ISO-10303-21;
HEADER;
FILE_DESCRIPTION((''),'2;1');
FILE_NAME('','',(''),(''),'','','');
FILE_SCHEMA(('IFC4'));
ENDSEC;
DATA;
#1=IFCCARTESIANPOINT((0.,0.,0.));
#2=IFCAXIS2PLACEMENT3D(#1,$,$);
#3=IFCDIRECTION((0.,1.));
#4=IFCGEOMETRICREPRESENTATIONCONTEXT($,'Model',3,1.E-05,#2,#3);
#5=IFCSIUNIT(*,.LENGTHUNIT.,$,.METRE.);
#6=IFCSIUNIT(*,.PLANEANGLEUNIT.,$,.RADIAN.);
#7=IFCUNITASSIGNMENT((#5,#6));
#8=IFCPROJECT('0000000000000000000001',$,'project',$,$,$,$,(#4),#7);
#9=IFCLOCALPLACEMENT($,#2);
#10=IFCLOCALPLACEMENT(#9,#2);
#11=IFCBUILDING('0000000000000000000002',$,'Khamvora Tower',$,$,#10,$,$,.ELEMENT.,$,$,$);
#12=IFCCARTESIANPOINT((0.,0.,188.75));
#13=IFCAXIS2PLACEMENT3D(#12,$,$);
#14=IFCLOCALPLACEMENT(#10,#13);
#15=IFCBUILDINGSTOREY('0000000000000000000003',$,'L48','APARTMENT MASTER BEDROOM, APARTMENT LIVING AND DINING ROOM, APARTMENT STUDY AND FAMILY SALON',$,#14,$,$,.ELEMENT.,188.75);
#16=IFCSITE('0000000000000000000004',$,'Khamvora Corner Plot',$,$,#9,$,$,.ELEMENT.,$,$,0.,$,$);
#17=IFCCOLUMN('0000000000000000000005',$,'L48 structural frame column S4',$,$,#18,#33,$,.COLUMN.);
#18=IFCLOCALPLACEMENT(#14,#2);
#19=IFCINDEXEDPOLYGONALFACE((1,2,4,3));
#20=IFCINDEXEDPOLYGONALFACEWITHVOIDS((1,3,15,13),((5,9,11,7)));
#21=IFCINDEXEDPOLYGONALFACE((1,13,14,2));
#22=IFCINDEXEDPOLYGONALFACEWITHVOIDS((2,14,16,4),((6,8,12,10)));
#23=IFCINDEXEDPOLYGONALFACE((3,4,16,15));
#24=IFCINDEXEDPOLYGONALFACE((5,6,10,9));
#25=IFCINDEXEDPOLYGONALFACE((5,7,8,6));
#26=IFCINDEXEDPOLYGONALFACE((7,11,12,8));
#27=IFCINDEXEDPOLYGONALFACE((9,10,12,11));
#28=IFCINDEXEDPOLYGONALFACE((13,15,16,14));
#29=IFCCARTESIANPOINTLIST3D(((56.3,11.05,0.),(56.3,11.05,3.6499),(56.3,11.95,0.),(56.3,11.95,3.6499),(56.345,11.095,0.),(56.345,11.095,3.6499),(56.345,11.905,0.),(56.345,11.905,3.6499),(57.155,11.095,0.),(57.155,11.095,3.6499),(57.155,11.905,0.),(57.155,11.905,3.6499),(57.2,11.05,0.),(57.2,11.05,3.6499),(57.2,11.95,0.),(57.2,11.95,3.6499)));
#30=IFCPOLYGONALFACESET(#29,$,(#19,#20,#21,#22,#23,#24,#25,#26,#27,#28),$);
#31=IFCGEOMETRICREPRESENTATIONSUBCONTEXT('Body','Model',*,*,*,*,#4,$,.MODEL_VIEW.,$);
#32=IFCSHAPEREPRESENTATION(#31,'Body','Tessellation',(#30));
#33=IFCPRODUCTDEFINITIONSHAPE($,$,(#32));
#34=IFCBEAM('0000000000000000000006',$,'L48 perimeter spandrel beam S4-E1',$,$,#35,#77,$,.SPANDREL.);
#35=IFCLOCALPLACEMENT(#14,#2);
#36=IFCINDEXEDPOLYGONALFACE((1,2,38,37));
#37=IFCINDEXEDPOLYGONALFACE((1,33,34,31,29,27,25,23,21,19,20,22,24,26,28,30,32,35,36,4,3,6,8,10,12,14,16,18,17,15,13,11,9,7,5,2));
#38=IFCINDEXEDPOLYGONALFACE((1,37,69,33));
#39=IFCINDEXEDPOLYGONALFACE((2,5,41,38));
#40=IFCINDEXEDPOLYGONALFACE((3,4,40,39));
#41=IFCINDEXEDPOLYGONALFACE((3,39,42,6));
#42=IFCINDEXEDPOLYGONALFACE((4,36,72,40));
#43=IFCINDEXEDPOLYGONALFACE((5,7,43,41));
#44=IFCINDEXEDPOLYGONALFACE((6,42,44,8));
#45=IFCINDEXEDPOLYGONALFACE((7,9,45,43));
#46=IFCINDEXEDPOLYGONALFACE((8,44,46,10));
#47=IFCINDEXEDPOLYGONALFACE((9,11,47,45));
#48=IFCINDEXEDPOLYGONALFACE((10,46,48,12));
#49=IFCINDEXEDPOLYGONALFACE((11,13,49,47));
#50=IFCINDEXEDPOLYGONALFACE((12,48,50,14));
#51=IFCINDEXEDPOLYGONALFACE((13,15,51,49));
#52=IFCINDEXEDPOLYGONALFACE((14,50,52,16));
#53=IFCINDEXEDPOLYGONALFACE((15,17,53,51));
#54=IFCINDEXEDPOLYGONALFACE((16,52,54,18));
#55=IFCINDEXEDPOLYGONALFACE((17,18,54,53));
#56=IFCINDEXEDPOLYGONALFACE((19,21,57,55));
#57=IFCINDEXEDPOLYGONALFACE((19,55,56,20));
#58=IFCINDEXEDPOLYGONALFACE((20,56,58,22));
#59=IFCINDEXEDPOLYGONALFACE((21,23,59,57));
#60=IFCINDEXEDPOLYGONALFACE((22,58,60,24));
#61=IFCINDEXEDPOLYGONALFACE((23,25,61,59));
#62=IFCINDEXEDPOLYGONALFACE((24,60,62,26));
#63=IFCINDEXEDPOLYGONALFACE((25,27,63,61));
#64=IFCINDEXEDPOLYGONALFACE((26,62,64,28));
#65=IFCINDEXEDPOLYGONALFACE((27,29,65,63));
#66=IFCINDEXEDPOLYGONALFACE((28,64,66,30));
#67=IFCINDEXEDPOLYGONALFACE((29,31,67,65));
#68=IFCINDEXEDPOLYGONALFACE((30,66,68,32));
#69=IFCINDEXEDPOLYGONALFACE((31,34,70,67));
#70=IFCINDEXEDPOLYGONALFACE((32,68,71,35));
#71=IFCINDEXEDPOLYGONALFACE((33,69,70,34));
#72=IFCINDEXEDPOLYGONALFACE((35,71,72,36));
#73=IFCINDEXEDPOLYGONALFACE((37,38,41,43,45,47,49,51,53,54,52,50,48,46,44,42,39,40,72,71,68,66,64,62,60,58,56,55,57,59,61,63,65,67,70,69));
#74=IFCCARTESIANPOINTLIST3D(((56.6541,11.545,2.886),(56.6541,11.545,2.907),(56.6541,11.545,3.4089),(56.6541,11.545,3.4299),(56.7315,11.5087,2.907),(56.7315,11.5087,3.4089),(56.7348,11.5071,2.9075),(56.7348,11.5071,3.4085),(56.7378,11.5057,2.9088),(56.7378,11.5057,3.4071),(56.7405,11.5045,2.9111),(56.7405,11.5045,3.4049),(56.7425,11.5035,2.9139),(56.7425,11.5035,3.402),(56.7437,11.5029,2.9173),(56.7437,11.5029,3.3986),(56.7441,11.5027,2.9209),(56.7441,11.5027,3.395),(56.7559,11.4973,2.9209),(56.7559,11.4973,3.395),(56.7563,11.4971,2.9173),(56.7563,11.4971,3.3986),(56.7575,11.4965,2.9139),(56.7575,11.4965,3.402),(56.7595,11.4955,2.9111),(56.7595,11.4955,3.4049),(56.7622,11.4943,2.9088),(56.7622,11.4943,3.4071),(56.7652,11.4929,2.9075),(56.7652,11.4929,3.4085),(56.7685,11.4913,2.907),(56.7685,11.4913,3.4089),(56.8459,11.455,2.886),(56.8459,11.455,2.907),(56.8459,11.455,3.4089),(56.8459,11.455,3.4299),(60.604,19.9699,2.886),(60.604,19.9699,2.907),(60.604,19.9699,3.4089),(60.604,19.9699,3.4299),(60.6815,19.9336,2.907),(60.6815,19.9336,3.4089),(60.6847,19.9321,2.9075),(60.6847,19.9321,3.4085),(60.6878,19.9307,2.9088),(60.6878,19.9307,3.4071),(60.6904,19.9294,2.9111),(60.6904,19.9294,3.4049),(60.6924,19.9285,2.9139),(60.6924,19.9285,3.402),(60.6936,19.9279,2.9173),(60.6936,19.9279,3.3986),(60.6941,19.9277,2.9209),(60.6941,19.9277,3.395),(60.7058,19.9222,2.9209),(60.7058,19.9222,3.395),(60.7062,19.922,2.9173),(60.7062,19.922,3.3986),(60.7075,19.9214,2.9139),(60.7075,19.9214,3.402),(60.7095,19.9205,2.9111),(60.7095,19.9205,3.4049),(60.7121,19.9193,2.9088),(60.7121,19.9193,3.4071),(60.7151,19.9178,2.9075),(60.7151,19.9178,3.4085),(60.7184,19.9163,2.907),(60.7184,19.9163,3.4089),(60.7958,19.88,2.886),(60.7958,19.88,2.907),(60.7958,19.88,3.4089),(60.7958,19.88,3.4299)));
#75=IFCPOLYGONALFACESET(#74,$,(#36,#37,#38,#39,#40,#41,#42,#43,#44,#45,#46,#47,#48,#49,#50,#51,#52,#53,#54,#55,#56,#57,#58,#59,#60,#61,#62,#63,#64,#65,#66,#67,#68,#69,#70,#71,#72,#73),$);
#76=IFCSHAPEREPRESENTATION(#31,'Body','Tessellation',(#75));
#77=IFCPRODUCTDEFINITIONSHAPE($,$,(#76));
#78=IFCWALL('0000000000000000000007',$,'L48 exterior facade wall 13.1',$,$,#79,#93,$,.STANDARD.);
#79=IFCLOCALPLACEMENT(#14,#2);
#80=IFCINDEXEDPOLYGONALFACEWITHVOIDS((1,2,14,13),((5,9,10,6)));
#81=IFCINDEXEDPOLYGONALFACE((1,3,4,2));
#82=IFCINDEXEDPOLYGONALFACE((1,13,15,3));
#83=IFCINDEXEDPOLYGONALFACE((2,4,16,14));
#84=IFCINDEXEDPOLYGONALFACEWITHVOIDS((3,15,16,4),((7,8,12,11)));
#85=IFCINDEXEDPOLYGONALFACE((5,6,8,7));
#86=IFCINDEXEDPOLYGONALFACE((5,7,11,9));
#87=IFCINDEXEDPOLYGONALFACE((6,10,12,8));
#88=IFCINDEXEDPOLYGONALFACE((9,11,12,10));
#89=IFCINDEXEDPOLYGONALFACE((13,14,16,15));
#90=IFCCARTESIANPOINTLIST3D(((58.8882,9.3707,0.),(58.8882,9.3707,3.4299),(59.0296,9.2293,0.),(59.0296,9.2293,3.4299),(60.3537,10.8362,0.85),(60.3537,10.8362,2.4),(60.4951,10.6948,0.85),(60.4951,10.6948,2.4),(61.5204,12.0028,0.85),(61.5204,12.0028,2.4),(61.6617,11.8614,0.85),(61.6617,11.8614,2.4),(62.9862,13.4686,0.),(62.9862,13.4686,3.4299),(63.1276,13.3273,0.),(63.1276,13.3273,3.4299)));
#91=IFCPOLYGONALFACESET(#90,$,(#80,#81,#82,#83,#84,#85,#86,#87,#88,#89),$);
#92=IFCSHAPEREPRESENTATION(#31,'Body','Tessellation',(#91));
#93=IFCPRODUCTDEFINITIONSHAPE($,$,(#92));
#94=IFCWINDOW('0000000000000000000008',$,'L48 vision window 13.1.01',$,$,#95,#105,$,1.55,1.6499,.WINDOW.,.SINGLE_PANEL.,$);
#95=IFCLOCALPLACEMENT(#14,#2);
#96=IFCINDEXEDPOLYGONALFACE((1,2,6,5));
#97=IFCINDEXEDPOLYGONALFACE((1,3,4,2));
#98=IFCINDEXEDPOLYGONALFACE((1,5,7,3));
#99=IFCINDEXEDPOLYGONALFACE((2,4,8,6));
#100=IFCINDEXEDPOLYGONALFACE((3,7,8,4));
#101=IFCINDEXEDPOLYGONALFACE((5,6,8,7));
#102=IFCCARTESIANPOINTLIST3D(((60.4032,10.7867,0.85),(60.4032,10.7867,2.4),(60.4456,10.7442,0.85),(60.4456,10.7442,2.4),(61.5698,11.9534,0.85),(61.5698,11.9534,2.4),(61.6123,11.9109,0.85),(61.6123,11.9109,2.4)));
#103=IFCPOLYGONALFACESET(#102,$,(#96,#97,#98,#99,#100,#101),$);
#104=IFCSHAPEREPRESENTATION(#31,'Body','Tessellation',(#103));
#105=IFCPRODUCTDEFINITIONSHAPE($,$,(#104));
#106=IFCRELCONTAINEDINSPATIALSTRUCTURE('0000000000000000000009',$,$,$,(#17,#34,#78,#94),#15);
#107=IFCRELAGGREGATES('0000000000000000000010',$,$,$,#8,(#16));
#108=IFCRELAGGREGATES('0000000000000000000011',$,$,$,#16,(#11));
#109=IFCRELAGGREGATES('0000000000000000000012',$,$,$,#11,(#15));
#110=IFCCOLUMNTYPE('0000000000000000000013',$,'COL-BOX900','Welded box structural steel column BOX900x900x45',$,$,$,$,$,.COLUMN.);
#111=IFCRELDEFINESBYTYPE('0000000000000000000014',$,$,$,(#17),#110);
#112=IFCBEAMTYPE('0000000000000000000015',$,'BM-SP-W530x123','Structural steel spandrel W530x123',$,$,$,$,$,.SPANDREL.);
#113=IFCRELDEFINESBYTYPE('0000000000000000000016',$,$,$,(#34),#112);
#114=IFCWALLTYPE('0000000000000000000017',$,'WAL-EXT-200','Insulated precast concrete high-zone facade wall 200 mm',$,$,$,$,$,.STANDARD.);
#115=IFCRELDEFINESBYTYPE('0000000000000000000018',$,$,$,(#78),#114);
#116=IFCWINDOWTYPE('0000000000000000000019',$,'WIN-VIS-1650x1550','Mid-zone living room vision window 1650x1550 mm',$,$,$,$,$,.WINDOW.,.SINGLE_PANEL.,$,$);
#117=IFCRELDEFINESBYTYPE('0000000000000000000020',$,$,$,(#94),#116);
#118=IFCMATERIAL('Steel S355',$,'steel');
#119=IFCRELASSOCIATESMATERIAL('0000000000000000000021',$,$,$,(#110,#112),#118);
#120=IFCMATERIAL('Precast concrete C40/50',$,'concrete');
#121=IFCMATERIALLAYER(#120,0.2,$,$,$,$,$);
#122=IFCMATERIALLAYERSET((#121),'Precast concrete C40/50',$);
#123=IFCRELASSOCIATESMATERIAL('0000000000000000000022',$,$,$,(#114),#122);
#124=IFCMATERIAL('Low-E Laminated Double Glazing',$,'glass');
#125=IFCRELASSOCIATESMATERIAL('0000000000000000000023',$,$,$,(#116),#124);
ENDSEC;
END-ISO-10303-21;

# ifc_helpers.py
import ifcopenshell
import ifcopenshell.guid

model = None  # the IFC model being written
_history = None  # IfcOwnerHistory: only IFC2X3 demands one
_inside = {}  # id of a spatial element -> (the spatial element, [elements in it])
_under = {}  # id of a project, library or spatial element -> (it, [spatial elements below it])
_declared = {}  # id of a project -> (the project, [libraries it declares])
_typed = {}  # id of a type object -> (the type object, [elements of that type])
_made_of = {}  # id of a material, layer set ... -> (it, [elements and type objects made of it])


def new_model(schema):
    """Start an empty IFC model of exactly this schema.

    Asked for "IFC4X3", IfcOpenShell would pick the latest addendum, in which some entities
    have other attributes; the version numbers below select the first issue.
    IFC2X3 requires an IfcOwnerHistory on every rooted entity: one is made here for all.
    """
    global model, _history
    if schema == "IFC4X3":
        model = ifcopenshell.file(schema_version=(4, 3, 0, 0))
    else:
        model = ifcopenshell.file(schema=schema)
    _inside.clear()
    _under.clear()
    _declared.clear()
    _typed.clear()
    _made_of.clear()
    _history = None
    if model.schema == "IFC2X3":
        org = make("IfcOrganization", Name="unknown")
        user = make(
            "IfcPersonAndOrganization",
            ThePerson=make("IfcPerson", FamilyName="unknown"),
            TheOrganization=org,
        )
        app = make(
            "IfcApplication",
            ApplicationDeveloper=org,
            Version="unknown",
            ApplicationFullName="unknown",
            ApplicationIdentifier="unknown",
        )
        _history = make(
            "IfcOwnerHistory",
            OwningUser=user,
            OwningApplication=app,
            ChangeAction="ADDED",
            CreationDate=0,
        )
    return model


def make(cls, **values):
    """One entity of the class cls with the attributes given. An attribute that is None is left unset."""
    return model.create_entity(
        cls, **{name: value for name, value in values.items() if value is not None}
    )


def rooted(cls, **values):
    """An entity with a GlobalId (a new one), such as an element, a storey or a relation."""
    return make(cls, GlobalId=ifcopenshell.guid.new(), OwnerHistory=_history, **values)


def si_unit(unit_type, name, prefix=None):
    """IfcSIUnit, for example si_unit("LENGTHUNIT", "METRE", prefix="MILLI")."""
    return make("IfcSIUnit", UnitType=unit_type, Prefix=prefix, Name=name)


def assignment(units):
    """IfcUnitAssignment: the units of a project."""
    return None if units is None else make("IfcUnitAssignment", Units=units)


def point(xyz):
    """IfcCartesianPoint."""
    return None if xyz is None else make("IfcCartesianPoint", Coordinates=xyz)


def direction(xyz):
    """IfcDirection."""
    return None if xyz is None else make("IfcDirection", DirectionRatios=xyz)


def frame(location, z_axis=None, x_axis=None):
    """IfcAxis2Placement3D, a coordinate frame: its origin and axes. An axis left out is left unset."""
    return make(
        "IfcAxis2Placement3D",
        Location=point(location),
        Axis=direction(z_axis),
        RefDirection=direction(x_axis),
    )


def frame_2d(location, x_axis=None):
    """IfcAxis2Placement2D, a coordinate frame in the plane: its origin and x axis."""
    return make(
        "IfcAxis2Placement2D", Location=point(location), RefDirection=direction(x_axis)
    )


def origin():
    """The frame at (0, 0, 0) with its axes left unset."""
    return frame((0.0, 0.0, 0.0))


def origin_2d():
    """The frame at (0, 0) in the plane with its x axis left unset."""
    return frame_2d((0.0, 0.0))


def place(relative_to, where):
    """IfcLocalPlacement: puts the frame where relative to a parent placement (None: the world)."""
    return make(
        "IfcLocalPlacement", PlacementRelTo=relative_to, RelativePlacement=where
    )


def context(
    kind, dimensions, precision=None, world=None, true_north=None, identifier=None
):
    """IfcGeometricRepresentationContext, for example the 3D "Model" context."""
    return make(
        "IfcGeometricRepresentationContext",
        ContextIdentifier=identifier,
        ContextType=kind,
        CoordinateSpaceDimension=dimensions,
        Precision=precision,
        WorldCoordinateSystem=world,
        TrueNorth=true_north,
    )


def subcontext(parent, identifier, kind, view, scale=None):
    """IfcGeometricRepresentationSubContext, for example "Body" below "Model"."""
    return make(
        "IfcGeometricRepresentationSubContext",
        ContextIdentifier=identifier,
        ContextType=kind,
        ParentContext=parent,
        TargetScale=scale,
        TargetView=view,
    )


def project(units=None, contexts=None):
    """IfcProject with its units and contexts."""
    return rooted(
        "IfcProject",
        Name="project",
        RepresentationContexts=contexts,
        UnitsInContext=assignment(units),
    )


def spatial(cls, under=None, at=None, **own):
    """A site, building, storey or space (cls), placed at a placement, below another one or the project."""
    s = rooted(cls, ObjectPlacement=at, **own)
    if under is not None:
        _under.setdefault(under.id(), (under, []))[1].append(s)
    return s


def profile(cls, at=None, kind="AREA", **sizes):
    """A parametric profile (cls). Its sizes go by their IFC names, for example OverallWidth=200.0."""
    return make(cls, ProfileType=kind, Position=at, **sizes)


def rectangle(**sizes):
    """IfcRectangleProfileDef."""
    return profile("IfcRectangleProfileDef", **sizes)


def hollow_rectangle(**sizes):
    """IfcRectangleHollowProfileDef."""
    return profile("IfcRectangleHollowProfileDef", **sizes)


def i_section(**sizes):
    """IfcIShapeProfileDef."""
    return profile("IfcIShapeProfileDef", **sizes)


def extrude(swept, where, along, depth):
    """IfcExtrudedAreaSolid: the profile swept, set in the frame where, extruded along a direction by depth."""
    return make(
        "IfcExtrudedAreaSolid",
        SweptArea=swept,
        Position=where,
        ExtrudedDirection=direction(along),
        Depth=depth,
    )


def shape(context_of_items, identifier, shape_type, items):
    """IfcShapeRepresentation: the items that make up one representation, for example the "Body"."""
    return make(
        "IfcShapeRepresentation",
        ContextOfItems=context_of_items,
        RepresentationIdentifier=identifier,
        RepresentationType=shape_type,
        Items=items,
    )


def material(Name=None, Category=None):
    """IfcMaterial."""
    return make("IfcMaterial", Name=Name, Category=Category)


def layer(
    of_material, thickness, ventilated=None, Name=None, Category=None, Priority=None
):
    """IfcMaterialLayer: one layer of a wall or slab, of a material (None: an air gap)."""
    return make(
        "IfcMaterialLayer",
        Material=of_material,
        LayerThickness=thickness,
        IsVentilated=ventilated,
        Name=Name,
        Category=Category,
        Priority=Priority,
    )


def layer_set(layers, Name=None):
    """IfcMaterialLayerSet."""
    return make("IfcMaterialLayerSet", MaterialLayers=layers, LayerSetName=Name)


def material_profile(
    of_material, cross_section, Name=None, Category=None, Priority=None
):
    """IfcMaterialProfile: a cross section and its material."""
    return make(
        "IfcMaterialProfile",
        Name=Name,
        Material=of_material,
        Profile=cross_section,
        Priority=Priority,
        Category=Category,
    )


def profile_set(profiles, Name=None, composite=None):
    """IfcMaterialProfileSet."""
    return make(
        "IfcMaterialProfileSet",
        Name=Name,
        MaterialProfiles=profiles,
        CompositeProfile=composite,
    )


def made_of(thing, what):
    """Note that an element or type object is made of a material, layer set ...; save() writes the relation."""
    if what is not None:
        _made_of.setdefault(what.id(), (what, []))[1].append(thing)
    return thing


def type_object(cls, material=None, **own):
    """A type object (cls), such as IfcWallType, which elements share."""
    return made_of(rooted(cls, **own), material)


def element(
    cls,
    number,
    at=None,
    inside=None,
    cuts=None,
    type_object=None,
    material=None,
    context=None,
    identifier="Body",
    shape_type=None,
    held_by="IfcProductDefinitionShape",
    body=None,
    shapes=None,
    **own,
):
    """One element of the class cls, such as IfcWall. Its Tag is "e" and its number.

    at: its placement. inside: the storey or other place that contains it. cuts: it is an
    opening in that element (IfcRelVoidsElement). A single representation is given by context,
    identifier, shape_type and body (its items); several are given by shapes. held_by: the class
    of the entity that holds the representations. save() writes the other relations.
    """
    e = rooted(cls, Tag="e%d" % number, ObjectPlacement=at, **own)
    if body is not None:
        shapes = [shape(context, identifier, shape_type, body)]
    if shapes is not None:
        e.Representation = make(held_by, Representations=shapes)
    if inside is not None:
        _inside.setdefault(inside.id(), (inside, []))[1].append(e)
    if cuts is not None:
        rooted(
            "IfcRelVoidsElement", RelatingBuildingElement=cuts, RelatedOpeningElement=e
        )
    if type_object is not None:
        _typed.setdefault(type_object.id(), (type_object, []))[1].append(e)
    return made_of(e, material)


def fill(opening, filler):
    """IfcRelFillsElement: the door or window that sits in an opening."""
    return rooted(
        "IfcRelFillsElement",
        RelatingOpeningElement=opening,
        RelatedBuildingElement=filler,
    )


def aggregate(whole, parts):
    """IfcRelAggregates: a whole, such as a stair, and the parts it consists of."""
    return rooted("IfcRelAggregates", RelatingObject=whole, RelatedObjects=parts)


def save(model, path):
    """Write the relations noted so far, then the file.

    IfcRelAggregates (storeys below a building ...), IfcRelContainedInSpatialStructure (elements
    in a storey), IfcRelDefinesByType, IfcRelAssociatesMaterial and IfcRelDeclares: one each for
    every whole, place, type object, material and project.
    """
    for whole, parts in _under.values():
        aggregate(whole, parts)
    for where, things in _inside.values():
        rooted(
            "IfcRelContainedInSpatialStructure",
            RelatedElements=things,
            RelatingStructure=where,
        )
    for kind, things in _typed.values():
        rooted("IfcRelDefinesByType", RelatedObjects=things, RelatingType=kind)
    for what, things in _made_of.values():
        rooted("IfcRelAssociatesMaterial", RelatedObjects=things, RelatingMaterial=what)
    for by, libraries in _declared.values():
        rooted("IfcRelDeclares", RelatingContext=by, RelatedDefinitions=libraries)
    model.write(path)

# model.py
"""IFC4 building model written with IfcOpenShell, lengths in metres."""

from ifc_helpers import new_model, si_unit, direction, frame, frame_2d, origin, origin_2d, place, context, subcontext, project, spatial, rectangle, hollow_rectangle, i_section, extrude, material, layer, layer_set, material_profile, profile_set, type_object, element, fill, save


model = new_model("IFC4")

# Units and contexts
model_context = context("Model", 3, precision=1e-05, world=origin(), true_north=direction((0.0, 1.0)))
body_context = subcontext(model_context, "Body", "Model", "MODEL_VIEW")
ifc_project = project(units=[si_unit("LENGTHUNIT", "METRE"), si_unit("PLANEANGLEUNIT", "RADIAN")], contexts=[model_context])

# Site, building, storey
site_placement = place(None, origin())
site = spatial("IfcSite", under=ifc_project, at=site_placement, Name="Khamvora Corner Plot", CompositionType="ELEMENT", RefElevation=0.0)
building_placement = place(site_placement, origin())
building = spatial("IfcBuilding", under=site, at=building_placement, Name="Khamvora Tower", CompositionType="ELEMENT")
storey_placement = place(building_placement, frame((0.0, 0.0, 188.75)))
storey = spatial("IfcBuildingStorey", under=building, at=storey_placement, Name="L48", Description="APARTMENT MASTER BEDROOM, APARTMENT LIVING AND DINING ROOM, APARTMENT STUDY AND FAMILY SALON", CompositionType="ELEMENT", Elevation=188.75)

# Column
ifc_material_1 = material(Name="Steel S355", Category="steel")
ifc_material_profile_1 = material_profile(ifc_material_1, hollow_rectangle(XDim=0.8999, YDim=0.8999, WallThickness=0.0449, at=origin_2d()), Name="BOX900x900x45")
ifc_profile_set_1 = profile_set([ifc_material_profile_1], Name="Steel S355")
column_type = type_object("IfcColumnType", Name="COL-BOX900", Description="Welded box structural steel column BOX900x900x45", PredefinedType="COLUMN", material=ifc_profile_set_1)
column_placement = place(storey_placement, frame((56.75, 11.5, 0.0), z_axis=(0.0, 0.0, 1.0), x_axis=(1.0, 0.0, 0.0)))
element("IfcColumn", 1, at=column_placement, inside=storey, type_object=column_type, Name="L48 structural frame column S4", PredefinedType="COLUMN", context=body_context, shape_type="SweptSolid", body=[
    extrude(hollow_rectangle(XDim=0.8999, YDim=0.8999, WallThickness=0.0449, at=origin_2d()), origin(), (0.0, 0.0, 1.0), 3.6499),
])

# Beam
ifc_material_profile_2 = material_profile(ifc_material_1, i_section(OverallWidth=0.2119, OverallDepth=0.5439, WebThickness=0.0129, FlangeThickness=0.021, FilletRadius=0.0139, at=origin_2d()), Name="W530x123")
ifc_profile_set_2 = profile_set([ifc_material_profile_2], Name="Steel S355")
beam_type = type_object("IfcBeamType", Name="BM-SP-W530x123", Description="Structural steel spandrel W530x123", PredefinedType="SPANDREL", material=ifc_profile_set_2)
beam_placement = place(storey_placement, frame((56.75, 11.5, 3.158), z_axis=(0.424496, 0.90543, 0.0), x_axis=(-0.90543, 0.424496, 0.0)))
element("IfcBeam", 2, at=beam_placement, inside=storey, type_object=beam_type, Name="L48 perimeter spandrel beam S4-E1", PredefinedType="SPANDREL", context=body_context, shape_type="SweptSolid", body=[
    extrude(i_section(OverallWidth=0.2119, OverallDepth=0.5439, WebThickness=0.0129, FlangeThickness=0.021, FilletRadius=0.0139, at=origin_2d()), origin(), (0.0, 0.0, 1.0), 9.3049),
])

# Wall, opening, window
ifc_material_2 = material(Name="Precast concrete C40/50", Category="concrete")
ifc_layer_1 = layer(ifc_material_2, 0.2)
ifc_layer_set_1 = layer_set([ifc_layer_1], Name="Precast concrete C40/50")
wall_type_1 = type_object("IfcWallType", Name="WAL-EXT-200", Description="Insulated precast concrete high-zone facade wall 200 mm", PredefinedType="STANDARD", material=ifc_layer_set_1)
wall_1_placement = place(storey_placement, frame((63.0569, 13.3979, 0.0), z_axis=(0.0, 0.0, 1.0), x_axis=(-0.707107, -0.707107, 0.0)))
wall_1 = element("IfcWall", 3, at=wall_1_placement, inside=storey, type_object=wall_type_1, Name="L48 exterior facade wall 13.1", PredefinedType="STANDARD", context=body_context, shape_type="SweptSolid", body=[
    extrude(rectangle(XDim=5.7954, YDim=0.2, at=frame_2d((2.8977, 0.0))), origin(), (0.0, 0.0, 1.0), 3.4299),
])
opening_1_placement = place(wall_1_placement, frame((2.073, 0.0, 0.8501)))
opening_1 = element("IfcOpeningElement", 4, at=opening_1_placement, cuts=wall_1, PredefinedType="OPENING", context=body_context, shape_type="SweptSolid", body=[
    extrude(rectangle(XDim=1.6499, YDim=1.55, at=frame_2d((0.825, 0.7749))), frame((0.0, 0.1099, 0.0), z_axis=(0.0, -1.0, 0.0), x_axis=(1.0, 0.0, 0.0)), (0.0, 0.0, 1.0), 0.22),
])
ifc_material_3 = material(Name="Low-E Laminated Double Glazing", Category="glass")
window_type_1 = type_object("IfcWindowType", Name="WIN-VIS-1650x1550", Description="Mid-zone living room vision window 1650x1550 mm", PartitioningType="SINGLE_PANEL", PredefinedType="WINDOW", material=ifc_material_3)
window_1_placement = place(opening_1_placement, origin())
window_1 = element("IfcWindow", 5, at=window_1_placement, inside=storey, type_object=window_type_1, Name="L48 vision window 13.1.01", OverallHeight=1.55, OverallWidth=1.6499, PartitioningType="SINGLE_PANEL", PredefinedType="WINDOW", context=body_context, shape_type="SweptSolid", body=[
    extrude(rectangle(XDim=1.6499, YDim=1.55, at=frame_2d((0.825, 0.7749))), frame((0.0, 0.03, 0.0), z_axis=(0.0, -1.0, 0.0), x_axis=(1.0, 0.0, 0.0)), (0.0, 0.0, 1.0), 0.0601),
])
fill(opening_1, window_1)

save(model, "model.ifc")
